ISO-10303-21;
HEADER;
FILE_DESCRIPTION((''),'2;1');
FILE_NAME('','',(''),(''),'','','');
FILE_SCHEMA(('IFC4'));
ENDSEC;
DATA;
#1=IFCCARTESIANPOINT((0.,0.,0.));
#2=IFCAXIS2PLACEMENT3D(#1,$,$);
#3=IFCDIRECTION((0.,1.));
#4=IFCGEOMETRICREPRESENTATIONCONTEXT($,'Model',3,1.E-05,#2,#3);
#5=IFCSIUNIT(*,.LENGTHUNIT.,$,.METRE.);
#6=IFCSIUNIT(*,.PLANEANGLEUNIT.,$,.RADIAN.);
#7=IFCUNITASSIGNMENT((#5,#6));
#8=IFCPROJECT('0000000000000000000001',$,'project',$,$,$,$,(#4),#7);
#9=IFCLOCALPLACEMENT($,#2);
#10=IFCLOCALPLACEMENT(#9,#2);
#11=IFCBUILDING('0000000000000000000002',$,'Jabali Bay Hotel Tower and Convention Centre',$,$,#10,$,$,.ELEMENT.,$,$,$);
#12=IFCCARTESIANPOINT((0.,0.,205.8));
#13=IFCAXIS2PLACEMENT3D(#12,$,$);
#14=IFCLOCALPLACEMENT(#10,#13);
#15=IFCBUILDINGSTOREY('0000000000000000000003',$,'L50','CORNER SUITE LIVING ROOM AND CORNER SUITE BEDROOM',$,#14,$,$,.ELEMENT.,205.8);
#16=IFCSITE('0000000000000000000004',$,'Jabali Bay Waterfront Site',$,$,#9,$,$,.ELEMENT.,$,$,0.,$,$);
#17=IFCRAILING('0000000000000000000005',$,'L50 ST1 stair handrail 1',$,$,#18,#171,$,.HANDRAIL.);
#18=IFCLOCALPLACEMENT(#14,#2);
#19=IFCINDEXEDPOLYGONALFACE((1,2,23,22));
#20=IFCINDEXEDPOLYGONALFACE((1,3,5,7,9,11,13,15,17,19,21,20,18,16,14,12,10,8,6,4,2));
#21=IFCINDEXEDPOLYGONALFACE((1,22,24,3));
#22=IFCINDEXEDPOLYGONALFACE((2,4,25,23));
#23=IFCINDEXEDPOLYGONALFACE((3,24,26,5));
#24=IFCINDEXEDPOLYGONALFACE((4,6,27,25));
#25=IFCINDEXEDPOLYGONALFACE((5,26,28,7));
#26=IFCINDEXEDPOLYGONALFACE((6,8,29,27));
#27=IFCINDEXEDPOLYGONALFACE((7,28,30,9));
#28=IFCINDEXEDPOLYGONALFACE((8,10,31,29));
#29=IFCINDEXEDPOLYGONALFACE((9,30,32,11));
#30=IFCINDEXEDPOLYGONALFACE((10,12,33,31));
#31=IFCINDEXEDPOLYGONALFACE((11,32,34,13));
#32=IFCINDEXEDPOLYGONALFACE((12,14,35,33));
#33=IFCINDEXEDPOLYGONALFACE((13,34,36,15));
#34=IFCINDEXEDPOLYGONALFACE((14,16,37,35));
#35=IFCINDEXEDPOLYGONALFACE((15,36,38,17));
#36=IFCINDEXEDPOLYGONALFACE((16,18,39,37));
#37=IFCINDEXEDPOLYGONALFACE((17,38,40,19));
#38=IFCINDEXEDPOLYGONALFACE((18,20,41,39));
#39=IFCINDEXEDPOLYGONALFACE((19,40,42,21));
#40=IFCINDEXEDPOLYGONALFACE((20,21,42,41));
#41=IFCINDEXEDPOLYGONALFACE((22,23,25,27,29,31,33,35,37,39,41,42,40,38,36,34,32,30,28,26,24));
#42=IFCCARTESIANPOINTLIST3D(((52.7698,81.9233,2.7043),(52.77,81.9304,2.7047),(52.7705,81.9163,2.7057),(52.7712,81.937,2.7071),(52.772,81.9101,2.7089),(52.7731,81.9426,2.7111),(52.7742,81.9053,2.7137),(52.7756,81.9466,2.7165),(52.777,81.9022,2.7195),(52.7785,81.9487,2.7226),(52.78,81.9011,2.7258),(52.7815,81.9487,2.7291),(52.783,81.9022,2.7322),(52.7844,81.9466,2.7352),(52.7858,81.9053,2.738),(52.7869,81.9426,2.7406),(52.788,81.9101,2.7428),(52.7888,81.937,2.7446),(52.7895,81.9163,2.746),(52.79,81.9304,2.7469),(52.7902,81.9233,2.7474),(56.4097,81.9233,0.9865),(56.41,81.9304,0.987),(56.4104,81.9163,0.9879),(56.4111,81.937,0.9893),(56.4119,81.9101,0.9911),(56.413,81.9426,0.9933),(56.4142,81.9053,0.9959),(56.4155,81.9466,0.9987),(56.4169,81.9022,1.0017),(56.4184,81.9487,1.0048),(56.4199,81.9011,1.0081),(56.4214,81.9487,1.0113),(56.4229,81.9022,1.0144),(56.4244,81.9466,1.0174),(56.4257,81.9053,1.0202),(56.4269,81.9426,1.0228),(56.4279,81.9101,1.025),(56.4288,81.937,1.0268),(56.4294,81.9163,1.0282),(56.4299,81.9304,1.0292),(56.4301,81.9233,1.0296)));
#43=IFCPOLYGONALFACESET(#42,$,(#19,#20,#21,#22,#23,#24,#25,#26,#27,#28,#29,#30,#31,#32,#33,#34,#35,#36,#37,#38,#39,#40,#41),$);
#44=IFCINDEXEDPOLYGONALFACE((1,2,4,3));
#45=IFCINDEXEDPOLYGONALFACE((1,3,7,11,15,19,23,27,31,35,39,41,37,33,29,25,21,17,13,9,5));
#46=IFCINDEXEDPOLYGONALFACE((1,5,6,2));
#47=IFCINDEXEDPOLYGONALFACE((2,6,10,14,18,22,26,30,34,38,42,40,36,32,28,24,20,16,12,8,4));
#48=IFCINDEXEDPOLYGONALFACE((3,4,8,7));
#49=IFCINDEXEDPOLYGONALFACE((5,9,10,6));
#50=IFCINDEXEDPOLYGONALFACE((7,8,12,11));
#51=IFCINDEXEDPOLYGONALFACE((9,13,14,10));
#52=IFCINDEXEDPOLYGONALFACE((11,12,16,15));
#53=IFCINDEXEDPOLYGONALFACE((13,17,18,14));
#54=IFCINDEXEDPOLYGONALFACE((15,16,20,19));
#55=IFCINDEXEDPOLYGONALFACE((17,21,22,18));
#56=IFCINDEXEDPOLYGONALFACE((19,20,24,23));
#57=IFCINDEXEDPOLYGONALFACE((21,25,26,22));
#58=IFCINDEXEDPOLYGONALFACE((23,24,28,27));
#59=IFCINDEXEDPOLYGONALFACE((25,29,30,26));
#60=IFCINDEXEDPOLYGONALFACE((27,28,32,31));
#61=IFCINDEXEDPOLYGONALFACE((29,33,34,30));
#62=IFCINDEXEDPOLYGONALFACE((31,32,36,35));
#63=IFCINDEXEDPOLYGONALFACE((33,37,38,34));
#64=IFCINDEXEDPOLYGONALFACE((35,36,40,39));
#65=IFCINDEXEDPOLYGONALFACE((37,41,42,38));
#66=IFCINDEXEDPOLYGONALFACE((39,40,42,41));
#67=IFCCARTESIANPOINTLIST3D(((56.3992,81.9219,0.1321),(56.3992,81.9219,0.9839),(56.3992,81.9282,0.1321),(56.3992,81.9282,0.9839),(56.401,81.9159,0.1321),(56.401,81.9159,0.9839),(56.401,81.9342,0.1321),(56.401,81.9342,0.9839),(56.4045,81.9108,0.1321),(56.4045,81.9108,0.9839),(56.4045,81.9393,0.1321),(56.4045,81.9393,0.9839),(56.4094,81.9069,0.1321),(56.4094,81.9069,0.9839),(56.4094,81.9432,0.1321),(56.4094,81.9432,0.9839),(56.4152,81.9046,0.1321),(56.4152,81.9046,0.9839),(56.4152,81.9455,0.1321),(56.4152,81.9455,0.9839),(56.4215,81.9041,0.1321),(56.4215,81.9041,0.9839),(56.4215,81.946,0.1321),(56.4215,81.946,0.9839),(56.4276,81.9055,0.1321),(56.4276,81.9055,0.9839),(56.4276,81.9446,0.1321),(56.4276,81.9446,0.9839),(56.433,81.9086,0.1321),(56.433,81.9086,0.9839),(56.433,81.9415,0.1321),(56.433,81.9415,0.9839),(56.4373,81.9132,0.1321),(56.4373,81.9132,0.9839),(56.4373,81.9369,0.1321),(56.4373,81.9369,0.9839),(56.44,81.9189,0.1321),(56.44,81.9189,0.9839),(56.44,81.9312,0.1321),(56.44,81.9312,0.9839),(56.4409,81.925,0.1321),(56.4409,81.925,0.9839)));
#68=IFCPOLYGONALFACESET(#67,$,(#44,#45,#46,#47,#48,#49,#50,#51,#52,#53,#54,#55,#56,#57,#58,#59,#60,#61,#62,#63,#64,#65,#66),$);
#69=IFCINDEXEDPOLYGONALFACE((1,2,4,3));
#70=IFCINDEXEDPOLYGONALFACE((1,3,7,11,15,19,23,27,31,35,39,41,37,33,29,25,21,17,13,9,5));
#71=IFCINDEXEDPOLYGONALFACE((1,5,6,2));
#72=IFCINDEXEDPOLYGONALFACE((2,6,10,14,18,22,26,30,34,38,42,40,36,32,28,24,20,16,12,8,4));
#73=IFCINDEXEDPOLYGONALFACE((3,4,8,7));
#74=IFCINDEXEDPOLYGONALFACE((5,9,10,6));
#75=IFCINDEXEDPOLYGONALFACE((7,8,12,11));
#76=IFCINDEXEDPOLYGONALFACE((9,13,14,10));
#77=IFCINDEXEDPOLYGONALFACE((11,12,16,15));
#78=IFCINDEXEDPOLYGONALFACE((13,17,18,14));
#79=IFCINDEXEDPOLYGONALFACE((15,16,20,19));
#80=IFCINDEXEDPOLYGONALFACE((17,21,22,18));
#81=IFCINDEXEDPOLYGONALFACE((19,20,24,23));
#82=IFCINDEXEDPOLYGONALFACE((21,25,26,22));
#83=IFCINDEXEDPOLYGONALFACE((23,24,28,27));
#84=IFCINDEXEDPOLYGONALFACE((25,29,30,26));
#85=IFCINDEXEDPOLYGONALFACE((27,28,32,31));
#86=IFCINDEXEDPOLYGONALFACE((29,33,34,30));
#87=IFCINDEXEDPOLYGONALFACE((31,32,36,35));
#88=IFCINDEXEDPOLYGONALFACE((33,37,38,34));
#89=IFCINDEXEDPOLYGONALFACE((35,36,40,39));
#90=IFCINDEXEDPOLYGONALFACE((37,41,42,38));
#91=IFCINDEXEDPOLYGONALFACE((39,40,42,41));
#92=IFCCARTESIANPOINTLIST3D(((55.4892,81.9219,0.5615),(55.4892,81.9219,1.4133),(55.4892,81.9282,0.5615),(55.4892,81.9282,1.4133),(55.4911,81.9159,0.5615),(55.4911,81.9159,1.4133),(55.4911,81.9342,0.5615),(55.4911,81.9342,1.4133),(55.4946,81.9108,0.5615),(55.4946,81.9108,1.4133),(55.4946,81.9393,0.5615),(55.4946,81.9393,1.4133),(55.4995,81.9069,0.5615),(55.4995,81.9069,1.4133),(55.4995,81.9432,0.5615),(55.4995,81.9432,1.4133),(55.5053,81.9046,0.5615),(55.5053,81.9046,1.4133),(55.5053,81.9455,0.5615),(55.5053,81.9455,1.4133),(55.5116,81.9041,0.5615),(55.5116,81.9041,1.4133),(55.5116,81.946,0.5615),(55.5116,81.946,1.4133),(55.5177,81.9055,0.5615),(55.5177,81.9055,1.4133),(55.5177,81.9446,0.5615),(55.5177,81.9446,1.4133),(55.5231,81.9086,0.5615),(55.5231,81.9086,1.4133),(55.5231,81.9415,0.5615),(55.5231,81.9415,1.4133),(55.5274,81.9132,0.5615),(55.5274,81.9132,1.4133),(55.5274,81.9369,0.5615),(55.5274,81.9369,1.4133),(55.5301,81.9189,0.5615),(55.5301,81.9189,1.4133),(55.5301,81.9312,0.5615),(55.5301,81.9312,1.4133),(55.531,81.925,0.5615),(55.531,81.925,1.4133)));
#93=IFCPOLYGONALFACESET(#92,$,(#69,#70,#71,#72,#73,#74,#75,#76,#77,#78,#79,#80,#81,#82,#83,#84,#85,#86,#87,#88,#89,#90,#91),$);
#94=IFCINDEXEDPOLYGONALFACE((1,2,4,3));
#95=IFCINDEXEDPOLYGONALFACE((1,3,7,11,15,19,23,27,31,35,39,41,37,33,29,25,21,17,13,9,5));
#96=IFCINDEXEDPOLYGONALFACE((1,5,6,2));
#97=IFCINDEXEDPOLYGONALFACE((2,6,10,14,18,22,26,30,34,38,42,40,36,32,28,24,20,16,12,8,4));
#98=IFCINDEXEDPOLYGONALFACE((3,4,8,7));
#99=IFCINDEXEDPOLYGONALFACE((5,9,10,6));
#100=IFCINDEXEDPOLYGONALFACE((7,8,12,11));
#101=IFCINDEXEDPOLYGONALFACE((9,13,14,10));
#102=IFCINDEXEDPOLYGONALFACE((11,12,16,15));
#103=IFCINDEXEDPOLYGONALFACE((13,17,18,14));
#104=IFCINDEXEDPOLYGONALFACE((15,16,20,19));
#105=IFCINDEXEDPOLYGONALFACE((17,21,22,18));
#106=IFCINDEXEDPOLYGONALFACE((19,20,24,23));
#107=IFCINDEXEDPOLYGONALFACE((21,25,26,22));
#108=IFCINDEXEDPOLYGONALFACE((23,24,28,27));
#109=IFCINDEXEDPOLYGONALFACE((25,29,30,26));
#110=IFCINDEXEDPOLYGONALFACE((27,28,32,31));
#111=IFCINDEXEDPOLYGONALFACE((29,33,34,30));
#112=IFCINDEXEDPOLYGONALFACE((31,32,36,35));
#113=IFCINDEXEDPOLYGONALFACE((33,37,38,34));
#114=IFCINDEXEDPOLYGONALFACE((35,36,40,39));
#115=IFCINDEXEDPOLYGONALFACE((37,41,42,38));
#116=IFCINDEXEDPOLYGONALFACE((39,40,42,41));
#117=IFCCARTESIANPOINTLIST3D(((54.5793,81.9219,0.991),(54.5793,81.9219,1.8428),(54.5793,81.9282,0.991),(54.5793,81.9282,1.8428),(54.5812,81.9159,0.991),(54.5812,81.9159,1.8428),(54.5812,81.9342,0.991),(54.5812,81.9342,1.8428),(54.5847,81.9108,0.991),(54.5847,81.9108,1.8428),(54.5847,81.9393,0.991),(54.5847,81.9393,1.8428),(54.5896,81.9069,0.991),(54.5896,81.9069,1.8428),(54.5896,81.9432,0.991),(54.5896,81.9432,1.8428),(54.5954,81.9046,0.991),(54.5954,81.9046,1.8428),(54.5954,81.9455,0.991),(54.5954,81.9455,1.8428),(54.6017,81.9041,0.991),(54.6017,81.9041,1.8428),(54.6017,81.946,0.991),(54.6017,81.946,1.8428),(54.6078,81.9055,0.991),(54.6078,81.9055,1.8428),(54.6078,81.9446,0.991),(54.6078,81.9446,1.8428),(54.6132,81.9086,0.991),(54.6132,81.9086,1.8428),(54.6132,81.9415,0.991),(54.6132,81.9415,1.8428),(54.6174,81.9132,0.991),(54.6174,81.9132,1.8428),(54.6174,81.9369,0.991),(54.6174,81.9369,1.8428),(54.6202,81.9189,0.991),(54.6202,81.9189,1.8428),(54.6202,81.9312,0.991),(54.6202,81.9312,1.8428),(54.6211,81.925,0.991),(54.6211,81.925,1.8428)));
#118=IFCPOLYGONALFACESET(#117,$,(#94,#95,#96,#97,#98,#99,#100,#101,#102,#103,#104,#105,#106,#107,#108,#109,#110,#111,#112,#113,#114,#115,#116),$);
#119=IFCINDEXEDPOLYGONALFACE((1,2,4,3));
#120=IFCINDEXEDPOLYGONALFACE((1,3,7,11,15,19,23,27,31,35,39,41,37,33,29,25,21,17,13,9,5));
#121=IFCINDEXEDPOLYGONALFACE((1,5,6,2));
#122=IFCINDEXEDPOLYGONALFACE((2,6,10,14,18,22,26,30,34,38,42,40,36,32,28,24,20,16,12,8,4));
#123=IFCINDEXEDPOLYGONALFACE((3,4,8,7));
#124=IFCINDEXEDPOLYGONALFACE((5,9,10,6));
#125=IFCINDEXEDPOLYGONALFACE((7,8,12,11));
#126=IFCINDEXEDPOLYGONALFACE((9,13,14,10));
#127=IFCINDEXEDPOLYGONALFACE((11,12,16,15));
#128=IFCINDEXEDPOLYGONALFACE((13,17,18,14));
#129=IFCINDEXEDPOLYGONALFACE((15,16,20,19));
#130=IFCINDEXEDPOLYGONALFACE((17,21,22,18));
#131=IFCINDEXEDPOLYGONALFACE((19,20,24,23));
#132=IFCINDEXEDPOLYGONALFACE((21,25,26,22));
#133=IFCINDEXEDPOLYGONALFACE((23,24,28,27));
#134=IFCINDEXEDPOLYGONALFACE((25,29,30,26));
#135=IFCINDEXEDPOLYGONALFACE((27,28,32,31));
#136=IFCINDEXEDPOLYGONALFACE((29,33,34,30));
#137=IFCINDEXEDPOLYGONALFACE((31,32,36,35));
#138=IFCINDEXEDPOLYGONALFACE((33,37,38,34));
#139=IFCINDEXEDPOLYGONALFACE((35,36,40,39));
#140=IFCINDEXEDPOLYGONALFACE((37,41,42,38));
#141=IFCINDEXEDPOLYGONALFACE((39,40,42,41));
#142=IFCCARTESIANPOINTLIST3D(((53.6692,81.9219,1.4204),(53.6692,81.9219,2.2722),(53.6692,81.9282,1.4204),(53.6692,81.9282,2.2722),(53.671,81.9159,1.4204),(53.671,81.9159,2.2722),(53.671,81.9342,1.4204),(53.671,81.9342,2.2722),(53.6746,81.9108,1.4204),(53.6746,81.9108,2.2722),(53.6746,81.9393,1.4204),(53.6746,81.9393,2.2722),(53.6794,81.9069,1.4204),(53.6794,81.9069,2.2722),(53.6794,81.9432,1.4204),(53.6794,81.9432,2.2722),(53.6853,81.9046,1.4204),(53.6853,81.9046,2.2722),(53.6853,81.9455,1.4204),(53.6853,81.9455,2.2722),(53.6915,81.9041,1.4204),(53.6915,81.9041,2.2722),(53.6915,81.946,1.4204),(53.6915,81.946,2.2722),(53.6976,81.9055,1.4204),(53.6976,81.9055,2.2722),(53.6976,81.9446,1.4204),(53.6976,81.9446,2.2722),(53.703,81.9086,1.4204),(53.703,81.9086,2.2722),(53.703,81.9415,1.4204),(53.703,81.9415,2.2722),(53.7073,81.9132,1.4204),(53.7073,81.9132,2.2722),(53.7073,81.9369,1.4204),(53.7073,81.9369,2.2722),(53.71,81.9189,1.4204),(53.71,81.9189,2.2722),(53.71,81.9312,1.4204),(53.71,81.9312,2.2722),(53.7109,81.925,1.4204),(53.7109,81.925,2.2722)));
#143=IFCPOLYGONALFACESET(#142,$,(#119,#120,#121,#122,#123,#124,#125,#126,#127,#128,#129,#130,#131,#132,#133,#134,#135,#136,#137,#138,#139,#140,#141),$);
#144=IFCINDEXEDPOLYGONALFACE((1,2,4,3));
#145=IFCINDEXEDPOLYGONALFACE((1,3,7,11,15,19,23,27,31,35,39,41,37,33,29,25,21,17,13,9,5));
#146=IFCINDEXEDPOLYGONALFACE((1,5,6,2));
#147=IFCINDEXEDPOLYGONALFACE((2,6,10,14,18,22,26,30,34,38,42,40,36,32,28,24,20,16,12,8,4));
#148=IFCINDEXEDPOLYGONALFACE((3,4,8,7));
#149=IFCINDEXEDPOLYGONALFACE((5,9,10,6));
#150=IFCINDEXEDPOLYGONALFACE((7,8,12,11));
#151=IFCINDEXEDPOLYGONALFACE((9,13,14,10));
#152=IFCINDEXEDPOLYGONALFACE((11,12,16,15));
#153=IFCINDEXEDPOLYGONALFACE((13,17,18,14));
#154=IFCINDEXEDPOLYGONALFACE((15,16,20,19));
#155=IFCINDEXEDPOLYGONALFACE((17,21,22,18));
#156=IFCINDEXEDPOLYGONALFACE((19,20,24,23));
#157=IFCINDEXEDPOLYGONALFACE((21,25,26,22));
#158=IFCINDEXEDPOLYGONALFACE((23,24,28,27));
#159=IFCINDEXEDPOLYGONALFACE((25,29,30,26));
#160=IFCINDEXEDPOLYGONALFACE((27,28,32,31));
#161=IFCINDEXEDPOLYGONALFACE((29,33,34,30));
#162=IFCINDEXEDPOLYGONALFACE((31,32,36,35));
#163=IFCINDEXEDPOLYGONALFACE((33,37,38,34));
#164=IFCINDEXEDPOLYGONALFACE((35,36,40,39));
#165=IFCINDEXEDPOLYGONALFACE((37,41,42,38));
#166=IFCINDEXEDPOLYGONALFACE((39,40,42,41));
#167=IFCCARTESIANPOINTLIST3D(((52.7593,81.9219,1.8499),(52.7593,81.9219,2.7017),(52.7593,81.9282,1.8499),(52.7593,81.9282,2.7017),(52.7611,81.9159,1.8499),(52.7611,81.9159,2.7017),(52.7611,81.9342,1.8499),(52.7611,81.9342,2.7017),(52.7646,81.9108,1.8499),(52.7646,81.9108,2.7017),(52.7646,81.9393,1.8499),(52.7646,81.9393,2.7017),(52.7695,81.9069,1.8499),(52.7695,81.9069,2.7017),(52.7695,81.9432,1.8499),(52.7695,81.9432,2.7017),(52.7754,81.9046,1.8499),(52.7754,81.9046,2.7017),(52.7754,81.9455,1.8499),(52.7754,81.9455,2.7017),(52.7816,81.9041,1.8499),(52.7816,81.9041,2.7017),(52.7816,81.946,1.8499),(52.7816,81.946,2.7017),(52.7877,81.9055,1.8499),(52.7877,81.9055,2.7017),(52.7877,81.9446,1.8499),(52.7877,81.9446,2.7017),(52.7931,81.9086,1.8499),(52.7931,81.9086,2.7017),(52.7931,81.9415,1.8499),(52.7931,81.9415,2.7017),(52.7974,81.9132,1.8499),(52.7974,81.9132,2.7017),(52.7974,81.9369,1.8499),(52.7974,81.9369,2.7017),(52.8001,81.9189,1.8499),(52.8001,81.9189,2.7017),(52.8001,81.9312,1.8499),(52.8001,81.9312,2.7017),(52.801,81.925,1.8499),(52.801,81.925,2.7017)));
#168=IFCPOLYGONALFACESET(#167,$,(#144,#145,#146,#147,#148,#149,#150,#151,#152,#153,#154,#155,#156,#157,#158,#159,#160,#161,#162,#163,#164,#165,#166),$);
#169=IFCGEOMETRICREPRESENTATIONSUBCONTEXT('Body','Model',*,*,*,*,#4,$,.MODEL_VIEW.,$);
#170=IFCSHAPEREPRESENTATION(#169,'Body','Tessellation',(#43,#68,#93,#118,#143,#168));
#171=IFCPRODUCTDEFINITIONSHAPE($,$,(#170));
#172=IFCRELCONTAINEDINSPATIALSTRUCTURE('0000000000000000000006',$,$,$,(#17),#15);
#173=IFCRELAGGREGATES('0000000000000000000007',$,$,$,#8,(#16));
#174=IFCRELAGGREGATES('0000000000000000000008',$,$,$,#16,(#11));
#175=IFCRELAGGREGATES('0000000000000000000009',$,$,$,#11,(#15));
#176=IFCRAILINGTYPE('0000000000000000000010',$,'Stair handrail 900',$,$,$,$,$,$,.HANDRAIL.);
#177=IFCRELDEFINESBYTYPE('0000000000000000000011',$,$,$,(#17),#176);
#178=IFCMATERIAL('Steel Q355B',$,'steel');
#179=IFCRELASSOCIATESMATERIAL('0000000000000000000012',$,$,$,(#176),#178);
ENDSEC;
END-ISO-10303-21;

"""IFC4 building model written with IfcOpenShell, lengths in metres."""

from ifc_helpers import new_model, si_unit, direction, frame, origin, origin_2d, place, context, subcontext, project, spatial, circle, extrude, material, type_object, element, save


model = new_model("IFC4")

# Units and contexts
model_context = context("Model", 3, precision=1e-05, world=origin(), true_north=direction((0.0, 1.0)))
body_context = subcontext(model_context, "Body", "Model", "MODEL_VIEW")
ifc_project = project(units=[si_unit("LENGTHUNIT", "METRE"), si_unit("PLANEANGLEUNIT", "RADIAN")], contexts=[model_context])

# Site, building, storey
site_placement = place(None, origin())
site = spatial("IfcSite", under=ifc_project, at=site_placement, Name="Jabali Bay Waterfront Site", CompositionType="ELEMENT", RefElevation=0.0)
building_placement = place(site_placement, origin())
building = spatial("IfcBuilding", under=site, at=building_placement, Name="Jabali Bay Hotel Tower and Convention Centre", CompositionType="ELEMENT")
storey_placement = place(building_placement, frame((0.0, 0.0, 205.8)))
storey = spatial("IfcBuildingStorey", under=building, at=storey_placement, Name="L50", Description="CORNER SUITE LIVING ROOM AND CORNER SUITE BEDROOM", CompositionType="ELEMENT", Elevation=205.8)

# Railing
ifc_material_1 = material(Name="Steel Q355B", Category="steel")
railing_type_1 = type_object("IfcRailingType", Name="Stair handrail 900", PredefinedType="HANDRAIL", material=ifc_material_1)
railing_1_placement = place(storey_placement, frame((56.4199, 81.925, 0.1321)))
element("IfcRailing", 1, at=railing_1_placement, inside=storey, type_object=railing_type_1, Name="L50 ST1 stair handrail 1", PredefinedType="HANDRAIL", context=body_context, shape_type="SweptSolid", body=[
    extrude(circle(Radius=0.0239, at=origin_2d()), frame((0.0, 0.0, 0.876), z_axis=(-0.904351, 0.0, 0.42679), x_axis=(0.0, -1.0, 0.0)), (0.0, 0.0, 1.0), 4.0249),
    extrude(circle(Radius=0.021, at=origin_2d()), origin(), (0.0, 0.0, 1.0), 0.8518),
    extrude(circle(Radius=0.021, at=origin_2d()), frame((-0.9099, 0.0, 0.4294)), (0.0, 0.0, 1.0), 0.8518),
    extrude(circle(Radius=0.021, at=origin_2d()), frame((-1.8198, 0.0, 0.8589)), (0.0, 0.0, 1.0), 0.8518),
    extrude(circle(Radius=0.021, at=origin_2d()), frame((-2.73, 0.0, 1.2883)), (0.0, 0.0, 1.0), 0.8518),
    extrude(circle(Radius=0.021, at=origin_2d()), frame((-3.6399, 0.0, 1.7178)), (0.0, 0.0, 1.0), 0.8518),
])

save(model, "model.ifc")
